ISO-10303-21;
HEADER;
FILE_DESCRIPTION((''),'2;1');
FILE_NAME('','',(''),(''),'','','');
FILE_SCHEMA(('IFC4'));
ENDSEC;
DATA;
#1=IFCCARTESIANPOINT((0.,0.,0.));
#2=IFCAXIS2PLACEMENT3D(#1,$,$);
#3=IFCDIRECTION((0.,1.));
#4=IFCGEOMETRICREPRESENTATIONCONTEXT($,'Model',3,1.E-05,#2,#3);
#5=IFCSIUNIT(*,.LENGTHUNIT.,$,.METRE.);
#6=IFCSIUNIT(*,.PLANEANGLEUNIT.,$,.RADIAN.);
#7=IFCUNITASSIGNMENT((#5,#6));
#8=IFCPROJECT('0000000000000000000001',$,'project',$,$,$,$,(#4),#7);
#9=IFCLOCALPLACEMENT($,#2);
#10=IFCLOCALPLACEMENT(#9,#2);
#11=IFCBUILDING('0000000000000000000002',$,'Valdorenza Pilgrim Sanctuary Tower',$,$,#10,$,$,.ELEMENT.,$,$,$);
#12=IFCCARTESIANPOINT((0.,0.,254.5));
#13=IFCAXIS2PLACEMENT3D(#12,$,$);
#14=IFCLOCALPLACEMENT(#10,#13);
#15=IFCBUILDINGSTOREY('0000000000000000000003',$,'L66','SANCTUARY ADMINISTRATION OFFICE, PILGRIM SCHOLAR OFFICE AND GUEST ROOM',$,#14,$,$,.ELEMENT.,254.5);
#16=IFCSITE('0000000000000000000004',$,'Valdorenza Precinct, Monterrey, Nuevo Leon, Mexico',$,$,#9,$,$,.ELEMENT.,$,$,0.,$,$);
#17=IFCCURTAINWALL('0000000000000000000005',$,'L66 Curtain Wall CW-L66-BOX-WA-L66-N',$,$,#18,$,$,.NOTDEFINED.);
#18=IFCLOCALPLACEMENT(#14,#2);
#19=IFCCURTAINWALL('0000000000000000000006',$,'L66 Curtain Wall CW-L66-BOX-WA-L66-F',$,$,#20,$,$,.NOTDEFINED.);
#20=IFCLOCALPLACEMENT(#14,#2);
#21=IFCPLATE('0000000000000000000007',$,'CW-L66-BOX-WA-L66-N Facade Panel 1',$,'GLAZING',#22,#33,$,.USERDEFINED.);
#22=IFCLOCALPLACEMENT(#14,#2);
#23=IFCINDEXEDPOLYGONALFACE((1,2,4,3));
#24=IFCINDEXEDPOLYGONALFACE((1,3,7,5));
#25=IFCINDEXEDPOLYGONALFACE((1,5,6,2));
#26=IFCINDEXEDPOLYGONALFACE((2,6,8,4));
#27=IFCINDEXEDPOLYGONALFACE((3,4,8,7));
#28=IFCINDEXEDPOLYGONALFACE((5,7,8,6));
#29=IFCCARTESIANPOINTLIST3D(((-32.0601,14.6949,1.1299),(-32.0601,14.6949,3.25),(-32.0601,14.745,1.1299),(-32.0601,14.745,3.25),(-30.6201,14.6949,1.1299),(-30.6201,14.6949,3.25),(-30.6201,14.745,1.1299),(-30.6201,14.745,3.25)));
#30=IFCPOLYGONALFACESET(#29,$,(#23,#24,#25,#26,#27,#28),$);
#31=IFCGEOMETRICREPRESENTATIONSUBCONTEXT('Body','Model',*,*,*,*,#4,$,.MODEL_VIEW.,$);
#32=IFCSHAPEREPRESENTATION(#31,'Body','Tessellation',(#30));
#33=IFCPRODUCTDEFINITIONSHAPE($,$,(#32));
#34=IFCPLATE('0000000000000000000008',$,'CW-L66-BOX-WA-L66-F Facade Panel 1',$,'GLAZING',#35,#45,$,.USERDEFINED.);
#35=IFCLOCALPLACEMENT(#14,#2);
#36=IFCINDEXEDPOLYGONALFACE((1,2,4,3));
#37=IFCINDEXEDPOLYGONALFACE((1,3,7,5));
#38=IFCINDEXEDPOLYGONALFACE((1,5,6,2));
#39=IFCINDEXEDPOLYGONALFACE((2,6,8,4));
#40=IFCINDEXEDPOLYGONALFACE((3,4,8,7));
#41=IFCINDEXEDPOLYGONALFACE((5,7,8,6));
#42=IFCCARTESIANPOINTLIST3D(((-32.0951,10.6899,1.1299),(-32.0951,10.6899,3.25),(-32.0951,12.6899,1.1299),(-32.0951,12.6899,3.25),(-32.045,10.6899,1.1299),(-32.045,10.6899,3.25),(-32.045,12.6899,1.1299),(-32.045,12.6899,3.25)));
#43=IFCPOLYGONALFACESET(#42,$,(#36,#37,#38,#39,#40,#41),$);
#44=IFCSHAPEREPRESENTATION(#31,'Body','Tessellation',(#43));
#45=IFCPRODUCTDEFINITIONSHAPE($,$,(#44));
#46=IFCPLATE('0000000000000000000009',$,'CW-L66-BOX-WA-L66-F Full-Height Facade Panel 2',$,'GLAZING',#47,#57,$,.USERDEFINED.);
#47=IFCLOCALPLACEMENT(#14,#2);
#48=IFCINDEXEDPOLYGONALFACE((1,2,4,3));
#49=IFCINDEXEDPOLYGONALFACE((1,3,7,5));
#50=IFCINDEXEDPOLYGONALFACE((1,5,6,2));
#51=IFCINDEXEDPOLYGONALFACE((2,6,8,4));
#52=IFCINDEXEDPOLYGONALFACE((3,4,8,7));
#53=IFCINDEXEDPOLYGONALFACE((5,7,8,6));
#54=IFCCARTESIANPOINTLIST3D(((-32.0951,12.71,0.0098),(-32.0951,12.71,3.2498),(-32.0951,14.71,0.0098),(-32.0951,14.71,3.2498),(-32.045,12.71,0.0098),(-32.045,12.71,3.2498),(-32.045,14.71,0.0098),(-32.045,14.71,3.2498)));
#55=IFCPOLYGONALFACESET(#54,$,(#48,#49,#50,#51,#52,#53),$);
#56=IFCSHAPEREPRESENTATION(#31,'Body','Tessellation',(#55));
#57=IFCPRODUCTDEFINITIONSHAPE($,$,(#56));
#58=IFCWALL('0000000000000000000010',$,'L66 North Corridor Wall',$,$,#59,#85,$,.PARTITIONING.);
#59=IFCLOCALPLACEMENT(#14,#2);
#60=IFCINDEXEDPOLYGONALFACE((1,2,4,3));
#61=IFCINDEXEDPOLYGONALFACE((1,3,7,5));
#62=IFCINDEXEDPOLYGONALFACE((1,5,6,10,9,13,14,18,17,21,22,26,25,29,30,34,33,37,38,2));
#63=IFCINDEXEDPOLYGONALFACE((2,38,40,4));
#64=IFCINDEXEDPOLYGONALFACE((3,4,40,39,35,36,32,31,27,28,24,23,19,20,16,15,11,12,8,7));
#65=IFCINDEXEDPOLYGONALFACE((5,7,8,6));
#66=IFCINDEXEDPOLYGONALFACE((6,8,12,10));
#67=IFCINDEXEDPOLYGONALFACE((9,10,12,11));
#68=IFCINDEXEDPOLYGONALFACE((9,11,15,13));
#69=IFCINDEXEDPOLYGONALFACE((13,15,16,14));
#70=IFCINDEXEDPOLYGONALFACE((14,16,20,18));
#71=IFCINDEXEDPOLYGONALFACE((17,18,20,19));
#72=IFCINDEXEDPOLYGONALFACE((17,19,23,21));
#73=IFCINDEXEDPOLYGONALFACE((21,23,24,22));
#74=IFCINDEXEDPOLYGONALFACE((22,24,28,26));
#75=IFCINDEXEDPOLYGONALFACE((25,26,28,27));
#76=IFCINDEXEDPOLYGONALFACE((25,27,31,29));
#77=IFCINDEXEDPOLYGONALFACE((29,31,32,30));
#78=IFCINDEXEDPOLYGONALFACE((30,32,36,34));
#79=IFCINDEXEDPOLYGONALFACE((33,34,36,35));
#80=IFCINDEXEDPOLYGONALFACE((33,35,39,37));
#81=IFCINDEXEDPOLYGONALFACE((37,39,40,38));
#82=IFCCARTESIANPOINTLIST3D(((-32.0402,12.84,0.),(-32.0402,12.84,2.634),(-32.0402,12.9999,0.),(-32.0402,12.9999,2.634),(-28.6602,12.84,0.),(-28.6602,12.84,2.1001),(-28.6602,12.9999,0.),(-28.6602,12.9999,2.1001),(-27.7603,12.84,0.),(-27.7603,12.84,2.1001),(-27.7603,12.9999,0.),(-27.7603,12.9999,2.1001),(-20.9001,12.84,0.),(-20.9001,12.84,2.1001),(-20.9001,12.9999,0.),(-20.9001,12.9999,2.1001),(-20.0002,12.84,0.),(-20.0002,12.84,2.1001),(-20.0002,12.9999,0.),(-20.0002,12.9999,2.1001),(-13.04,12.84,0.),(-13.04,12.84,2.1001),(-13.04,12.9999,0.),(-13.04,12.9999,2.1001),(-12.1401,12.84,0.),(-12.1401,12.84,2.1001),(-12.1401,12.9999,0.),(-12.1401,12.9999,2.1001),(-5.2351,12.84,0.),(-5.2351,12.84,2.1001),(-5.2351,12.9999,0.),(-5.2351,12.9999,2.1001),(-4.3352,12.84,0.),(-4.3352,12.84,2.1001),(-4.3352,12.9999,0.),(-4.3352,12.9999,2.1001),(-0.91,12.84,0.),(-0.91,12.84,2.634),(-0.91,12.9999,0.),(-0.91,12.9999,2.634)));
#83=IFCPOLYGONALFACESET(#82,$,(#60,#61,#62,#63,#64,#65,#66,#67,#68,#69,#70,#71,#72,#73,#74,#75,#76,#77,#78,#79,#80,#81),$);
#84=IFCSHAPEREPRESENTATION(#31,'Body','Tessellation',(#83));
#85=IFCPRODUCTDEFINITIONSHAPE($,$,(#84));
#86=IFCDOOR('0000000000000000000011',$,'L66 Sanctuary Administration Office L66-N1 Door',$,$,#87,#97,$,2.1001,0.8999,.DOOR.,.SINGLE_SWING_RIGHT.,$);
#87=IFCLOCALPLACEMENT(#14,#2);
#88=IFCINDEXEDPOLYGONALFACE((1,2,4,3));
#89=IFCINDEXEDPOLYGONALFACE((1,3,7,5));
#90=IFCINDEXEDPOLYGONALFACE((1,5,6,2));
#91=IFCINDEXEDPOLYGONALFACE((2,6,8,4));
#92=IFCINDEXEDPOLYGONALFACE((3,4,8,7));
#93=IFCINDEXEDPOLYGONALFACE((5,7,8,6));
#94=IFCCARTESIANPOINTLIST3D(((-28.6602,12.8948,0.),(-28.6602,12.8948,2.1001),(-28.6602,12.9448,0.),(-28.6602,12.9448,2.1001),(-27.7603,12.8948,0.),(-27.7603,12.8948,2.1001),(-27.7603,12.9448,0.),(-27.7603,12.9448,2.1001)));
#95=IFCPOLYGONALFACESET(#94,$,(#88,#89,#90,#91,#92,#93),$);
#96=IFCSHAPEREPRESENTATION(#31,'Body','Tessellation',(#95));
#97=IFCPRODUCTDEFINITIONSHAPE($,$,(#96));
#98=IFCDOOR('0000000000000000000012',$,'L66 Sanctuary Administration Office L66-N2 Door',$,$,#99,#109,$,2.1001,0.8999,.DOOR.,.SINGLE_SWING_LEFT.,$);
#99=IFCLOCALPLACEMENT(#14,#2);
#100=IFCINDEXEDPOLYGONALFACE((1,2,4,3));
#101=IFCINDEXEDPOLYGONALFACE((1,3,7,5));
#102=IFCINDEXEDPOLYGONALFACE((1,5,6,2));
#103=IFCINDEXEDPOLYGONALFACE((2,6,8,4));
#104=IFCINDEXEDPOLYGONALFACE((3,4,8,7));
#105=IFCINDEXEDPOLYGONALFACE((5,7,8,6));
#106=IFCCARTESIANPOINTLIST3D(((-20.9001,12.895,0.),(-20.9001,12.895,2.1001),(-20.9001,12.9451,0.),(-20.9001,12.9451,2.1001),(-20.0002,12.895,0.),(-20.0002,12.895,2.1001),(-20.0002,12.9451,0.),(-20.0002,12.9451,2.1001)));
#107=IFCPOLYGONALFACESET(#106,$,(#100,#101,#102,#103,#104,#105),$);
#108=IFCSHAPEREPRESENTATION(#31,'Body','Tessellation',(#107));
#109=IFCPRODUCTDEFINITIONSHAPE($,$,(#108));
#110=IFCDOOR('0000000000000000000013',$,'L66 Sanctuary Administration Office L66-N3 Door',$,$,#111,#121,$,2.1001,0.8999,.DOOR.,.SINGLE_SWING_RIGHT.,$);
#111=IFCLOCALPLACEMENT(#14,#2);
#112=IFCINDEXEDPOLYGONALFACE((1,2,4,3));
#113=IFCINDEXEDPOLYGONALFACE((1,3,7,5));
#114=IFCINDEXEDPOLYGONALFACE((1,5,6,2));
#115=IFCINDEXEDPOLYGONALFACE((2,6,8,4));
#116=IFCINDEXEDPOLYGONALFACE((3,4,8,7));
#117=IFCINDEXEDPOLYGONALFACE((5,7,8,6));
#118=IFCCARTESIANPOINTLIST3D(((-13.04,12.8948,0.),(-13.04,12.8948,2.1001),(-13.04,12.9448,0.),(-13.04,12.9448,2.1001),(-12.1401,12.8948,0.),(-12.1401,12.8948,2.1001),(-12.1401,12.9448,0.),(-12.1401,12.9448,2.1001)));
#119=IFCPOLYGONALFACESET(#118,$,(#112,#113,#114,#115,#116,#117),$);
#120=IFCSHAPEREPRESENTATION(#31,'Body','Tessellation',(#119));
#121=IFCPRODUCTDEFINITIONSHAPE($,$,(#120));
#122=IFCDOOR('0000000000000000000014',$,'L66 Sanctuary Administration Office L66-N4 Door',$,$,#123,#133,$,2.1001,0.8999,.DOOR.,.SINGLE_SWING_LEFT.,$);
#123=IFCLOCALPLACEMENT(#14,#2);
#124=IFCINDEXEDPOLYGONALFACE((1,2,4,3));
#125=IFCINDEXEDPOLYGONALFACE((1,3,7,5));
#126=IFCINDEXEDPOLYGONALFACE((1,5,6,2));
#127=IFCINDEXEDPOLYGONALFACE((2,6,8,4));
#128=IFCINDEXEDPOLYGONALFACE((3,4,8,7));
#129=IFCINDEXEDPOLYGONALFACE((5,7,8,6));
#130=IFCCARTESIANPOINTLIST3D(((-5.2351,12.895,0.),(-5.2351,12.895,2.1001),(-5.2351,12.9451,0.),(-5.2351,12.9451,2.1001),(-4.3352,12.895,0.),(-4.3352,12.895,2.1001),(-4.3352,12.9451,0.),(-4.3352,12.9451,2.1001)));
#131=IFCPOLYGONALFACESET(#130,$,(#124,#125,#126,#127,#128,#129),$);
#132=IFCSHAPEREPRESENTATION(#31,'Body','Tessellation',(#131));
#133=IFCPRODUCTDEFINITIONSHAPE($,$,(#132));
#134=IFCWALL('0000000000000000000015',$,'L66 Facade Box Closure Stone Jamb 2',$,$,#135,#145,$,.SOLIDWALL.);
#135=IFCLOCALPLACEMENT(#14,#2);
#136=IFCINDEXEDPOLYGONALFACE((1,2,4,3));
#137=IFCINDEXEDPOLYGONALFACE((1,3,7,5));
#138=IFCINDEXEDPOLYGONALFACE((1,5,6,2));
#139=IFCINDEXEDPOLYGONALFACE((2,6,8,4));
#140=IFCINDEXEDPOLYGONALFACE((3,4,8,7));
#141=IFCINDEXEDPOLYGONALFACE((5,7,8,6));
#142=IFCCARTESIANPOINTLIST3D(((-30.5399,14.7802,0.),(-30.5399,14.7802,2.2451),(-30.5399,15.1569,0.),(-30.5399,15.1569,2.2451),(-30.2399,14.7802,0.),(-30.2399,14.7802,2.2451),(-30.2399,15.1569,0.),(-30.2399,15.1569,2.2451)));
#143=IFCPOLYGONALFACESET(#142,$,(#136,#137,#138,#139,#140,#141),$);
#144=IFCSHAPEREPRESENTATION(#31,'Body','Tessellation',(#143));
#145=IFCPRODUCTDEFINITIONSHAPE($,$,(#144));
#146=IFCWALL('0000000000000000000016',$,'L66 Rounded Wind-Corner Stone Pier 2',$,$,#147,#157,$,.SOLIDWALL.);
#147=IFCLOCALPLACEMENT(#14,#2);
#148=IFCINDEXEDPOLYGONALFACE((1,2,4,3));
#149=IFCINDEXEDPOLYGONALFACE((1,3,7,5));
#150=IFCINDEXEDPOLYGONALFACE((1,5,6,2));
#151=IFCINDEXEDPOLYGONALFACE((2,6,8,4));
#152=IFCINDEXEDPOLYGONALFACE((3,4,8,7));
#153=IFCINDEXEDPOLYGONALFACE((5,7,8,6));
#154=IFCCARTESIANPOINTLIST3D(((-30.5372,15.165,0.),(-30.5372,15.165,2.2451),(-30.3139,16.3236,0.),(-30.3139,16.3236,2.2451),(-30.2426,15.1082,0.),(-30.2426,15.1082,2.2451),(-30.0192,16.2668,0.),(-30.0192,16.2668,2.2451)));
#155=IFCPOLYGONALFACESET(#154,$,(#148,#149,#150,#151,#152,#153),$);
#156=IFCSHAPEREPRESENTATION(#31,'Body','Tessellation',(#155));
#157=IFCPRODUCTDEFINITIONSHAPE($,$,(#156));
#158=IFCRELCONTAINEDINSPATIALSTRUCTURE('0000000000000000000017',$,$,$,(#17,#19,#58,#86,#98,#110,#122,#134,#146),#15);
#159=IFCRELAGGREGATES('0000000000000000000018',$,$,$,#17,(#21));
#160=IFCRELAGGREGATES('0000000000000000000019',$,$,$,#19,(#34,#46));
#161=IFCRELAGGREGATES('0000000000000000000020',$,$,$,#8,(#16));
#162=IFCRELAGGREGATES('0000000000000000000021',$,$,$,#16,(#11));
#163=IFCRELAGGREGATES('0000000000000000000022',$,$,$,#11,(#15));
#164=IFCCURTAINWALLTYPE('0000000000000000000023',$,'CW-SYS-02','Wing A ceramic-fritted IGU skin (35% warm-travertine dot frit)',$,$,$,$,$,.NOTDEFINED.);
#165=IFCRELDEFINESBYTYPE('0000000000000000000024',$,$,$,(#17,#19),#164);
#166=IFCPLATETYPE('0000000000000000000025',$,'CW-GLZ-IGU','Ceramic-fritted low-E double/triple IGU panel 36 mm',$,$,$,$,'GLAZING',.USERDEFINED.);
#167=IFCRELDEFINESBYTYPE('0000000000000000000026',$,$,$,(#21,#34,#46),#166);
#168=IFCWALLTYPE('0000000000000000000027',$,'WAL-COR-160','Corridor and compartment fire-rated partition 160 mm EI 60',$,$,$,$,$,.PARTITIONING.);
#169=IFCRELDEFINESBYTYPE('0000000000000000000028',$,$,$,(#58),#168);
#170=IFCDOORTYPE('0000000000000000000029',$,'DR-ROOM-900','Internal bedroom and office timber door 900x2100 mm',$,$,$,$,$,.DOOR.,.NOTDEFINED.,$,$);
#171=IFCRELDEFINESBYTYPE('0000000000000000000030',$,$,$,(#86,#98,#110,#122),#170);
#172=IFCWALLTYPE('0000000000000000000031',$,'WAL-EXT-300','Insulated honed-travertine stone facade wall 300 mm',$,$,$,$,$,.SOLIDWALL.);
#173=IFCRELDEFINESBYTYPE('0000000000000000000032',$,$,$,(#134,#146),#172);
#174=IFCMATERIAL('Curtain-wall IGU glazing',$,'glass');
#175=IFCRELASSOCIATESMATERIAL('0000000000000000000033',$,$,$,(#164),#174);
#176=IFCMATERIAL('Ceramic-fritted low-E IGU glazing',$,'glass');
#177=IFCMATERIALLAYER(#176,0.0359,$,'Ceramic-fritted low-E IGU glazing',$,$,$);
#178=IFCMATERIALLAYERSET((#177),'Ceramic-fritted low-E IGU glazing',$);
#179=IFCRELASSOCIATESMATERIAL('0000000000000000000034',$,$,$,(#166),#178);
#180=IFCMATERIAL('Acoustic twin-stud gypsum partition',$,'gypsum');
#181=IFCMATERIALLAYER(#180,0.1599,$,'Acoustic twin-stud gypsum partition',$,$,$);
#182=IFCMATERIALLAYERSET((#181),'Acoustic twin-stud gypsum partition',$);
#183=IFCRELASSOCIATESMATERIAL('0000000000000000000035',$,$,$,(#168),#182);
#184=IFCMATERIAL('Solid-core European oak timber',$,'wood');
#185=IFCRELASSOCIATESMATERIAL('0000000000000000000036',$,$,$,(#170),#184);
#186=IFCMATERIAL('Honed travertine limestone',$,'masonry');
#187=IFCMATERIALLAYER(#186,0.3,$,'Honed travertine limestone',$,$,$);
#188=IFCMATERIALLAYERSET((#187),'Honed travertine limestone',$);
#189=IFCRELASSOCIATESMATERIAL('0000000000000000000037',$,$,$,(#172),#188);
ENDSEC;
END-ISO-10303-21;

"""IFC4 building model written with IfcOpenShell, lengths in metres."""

from ifc_helpers import new_model, si_unit, direction, frame, frame_2d, origin, origin_2d, place, context, subcontext, project, spatial, rectangle, extrude, source, transform, mapped, material, layer, layer_set, type_object, element, fill, aggregate, save


model = new_model("IFC4")

# Units and contexts
model_context = context("Model", 3, precision=1e-05, world=origin(), true_north=direction((0.0, 1.0)))
body_context = subcontext(model_context, "Body", "Model", "MODEL_VIEW")
ifc_project = project(units=[si_unit("LENGTHUNIT", "METRE"), si_unit("PLANEANGLEUNIT", "RADIAN")], contexts=[model_context])

# Site, building, storey
site_placement = place(None, origin())
site = spatial("IfcSite", under=ifc_project, at=site_placement, Name="Valdorenza Precinct, Monterrey, Nuevo Leon, Mexico", CompositionType="ELEMENT", RefElevation=0.0)
building_placement = place(site_placement, origin())
building = spatial("IfcBuilding", under=site, at=building_placement, Name="Valdorenza Pilgrim Sanctuary Tower", CompositionType="ELEMENT")
storey_placement = place(building_placement, frame((0.0, 0.0, 254.5)))
storey = spatial("IfcBuildingStorey", under=building, at=storey_placement, Name="L66", Description="SANCTUARY ADMINISTRATION OFFICE, PILGRIM SCHOLAR OFFICE AND GUEST ROOM", CompositionType="ELEMENT", Elevation=254.5)

# Curtain wall
ifc_material_1 = material(Name="Curtain-wall IGU glazing", Category="glass")
curtain_wall_type = type_object("IfcCurtainWallType", Name="CW-SYS-02", Description="Wing A ceramic-fritted IGU skin (35% warm-travertine dot frit)", PredefinedType="NOTDEFINED", material=ifc_material_1)
curtain_wall_1_placement = place(storey_placement, origin())
curtain_wall_1 = element("IfcCurtainWall", 1, at=curtain_wall_1_placement, inside=storey, type_object=curtain_wall_type, Name="L66 Curtain Wall CW-L66-BOX-WA-L66-N", PredefinedType="NOTDEFINED")

# Curtain wall
curtain_wall_2_placement = place(storey_placement, origin())
curtain_wall_2 = element("IfcCurtainWall", 2, at=curtain_wall_2_placement, inside=storey, type_object=curtain_wall_type, Name="L66 Curtain Wall CW-L66-BOX-WA-L66-F", PredefinedType="NOTDEFINED")

# Plates
ifc_material_2 = material(Name="Honed travertine limestone", Category="masonry")
ifc_material_3 = material(Name="Ceramic-fritted low-E IGU glazing", Category="glass")
ifc_layer_1 = layer(ifc_material_3, 0.0359, Name="Ceramic-fritted low-E IGU glazing")
ifc_layer_set_1 = layer_set([ifc_layer_1], Name="Ceramic-fritted low-E IGU glazing")
plate_type_1 = type_object("IfcPlateType", Name="CW-GLZ-IGU", Description="Ceramic-fritted low-E double/triple IGU panel 36 mm", ElementType="GLAZING", PredefinedType="USERDEFINED", material=ifc_layer_set_1)
shared_shape_1 = source(origin(), body_context, "Body", "SweptSolid", [
    extrude(rectangle(XDim=1.4399, YDim=0.05, at=origin_2d()), origin(), (0.0, 0.0, 1.0), 2.1201),
])
plate_1_placement = place(storey_placement, frame((-31.3401, 14.72, 1.1299), z_axis=(0.0, 0.0, 1.0), x_axis=(1.0, 0.0, 0.0)))
plate_1 = element("IfcPlate", 3, at=plate_1_placement, type_object=plate_type_1, Name="CW-L66-BOX-WA-L66-N Facade Panel 1", ObjectType="GLAZING", PredefinedType="USERDEFINED", context=body_context, shape_type="MappedRepresentation", body=[
    mapped(shared_shape_1, transform((0.0, 0.0, 0.0), x_axis=(1.0, 0.0, 0.0), y_axis=(0.0, 1.0, 0.0), z_axis=(0.0, 0.0, 1.0), scale=1.0)),
])
aggregate(curtain_wall_1, [plate_1])
shared_shape_2 = source(origin(), body_context, "Body", "SweptSolid", [
    extrude(rectangle(XDim=2.0, YDim=0.05, at=origin_2d()), origin(), (0.0, 0.0, 1.0), 2.1201),
])
plate_2_placement = place(storey_placement, frame((-32.0701, 11.6899, 1.1299), z_axis=(0.0, 0.0, 1.0), x_axis=(0.0, 1.0, 0.0)))
plate_2 = element("IfcPlate", 4, at=plate_2_placement, type_object=plate_type_1, Name="CW-L66-BOX-WA-L66-F Facade Panel 1", ObjectType="GLAZING", PredefinedType="USERDEFINED", context=body_context, shape_type="MappedRepresentation", body=[
    mapped(shared_shape_2, transform((0.0, 0.0, 0.0), x_axis=(1.0, 0.0, 0.0), y_axis=(0.0, 1.0, 0.0), z_axis=(0.0, 0.0, 1.0), scale=1.0)),
])
shared_shape_3 = source(origin(), body_context, "Body", "SweptSolid", [
    extrude(rectangle(XDim=2.0, YDim=0.05, at=origin_2d()), origin(), (0.0, 0.0, 1.0), 3.24),
])
plate_3_placement = place(storey_placement, frame((-32.0701, 13.71, 0.0098), z_axis=(0.0, 0.0, 1.0), x_axis=(0.0, 1.0, 0.0)))
plate_3 = element("IfcPlate", 5, at=plate_3_placement, type_object=plate_type_1, Name="CW-L66-BOX-WA-L66-F Full-Height Facade Panel 2", ObjectType="GLAZING", PredefinedType="USERDEFINED", context=body_context, shape_type="MappedRepresentation", body=[
    mapped(shared_shape_3, transform((0.0, 0.0, 0.0), x_axis=(1.0, 0.0, 0.0), y_axis=(0.0, 1.0, 0.0), z_axis=(0.0, 0.0, 1.0), scale=1.0)),
])
aggregate(curtain_wall_2, [plate_2, plate_3])

# Wall, openings, doors
ifc_material_4 = material(Name="Acoustic twin-stud gypsum partition", Category="gypsum")
ifc_layer_2 = layer(ifc_material_4, 0.1599, Name="Acoustic twin-stud gypsum partition")
ifc_layer_set_2 = layer_set([ifc_layer_2], Name="Acoustic twin-stud gypsum partition")
wall_type_1 = type_object("IfcWallType", Name="WAL-COR-160", Description="Corridor and compartment fire-rated partition 160 mm EI 60", PredefinedType="PARTITIONING", material=ifc_layer_set_2)
wall_1_placement = place(storey_placement, frame((-32.04, 12.9199, 0.0), z_axis=(0.0, 0.0, 1.0), x_axis=(1.0, 0.0, 0.0)))
wall_1 = element("IfcWall", 6, at=wall_1_placement, inside=storey, type_object=wall_type_1, Name="L66 North Corridor Wall", PredefinedType="PARTITIONING", context=body_context, shape_type="SweptSolid", body=[
    extrude(rectangle(XDim=31.1301, YDim=0.1599, at=frame_2d((15.5649, 0.0))), origin(), (0.0, 0.0, 1.0), 2.634),
])
opening_1_placement = place(wall_1_placement, frame((3.3799, 0.0, 0.0)))
opening_1 = element("IfcOpeningElement", 7, at=opening_1_placement, cuts=wall_1, PredefinedType="OPENING", context=body_context, shape_type="SweptSolid", body=[
    extrude(rectangle(XDim=0.8999, YDim=2.1001, at=frame_2d((0.45, 1.05))), frame((0.0, 0.0947, 0.0), z_axis=(0.0, -1.0, 0.0), x_axis=(1.0, 0.0, 0.0)), (0.0, 0.0, 1.0), 0.1897),
])
opening_2_placement = place(wall_1_placement, frame((11.1399, 0.0, 0.0)))
opening_2 = element("IfcOpeningElement", 8, at=opening_2_placement, cuts=wall_1, PredefinedType="OPENING", context=body_context, shape_type="SweptSolid", body=[
    extrude(rectangle(XDim=0.8999, YDim=2.1001, at=frame_2d((0.45, 1.05))), frame((0.0, 0.0947, 0.0), z_axis=(0.0, -1.0, 0.0), x_axis=(1.0, 0.0, 0.0)), (0.0, 0.0, 1.0), 0.1897),
])
opening_3_placement = place(wall_1_placement, frame((19.0, 0.0, 0.0)))
opening_3 = element("IfcOpeningElement", 9, at=opening_3_placement, cuts=wall_1, PredefinedType="OPENING", context=body_context, shape_type="SweptSolid", body=[
    extrude(rectangle(XDim=0.8999, YDim=2.1001, at=frame_2d((0.45, 1.05))), frame((0.0, 0.0947, 0.0), z_axis=(0.0, -1.0, 0.0), x_axis=(1.0, 0.0, 0.0)), (0.0, 0.0, 1.0), 0.1897),
])
opening_4_placement = place(wall_1_placement, frame((26.8049, 0.0, 0.0)))
opening_4 = element("IfcOpeningElement", 10, at=opening_4_placement, cuts=wall_1, PredefinedType="OPENING", context=body_context, shape_type="SweptSolid", body=[
    extrude(rectangle(XDim=0.8999, YDim=2.1001, at=frame_2d((0.45, 1.05))), frame((0.0, 0.0947, 0.0), z_axis=(0.0, -1.0, 0.0), x_axis=(1.0, 0.0, 0.0)), (0.0, 0.0, 1.0), 0.1897),
])
ifc_material_5 = material(Name="Solid-core European oak timber", Category="wood")
door_type = type_object("IfcDoorType", Name="DR-ROOM-900", Description="Internal bedroom and office timber door 900x2100 mm", OperationType="NOTDEFINED", PredefinedType="DOOR", material=ifc_material_5)
door_1_placement = place(opening_1_placement, origin())
door_1 = element("IfcDoor", 11, at=door_1_placement, inside=storey, type_object=door_type, Name="L66 Sanctuary Administration Office L66-N1 Door", OperationType="SINGLE_SWING_RIGHT", OverallHeight=2.1001, OverallWidth=0.8999, PredefinedType="DOOR", context=body_context, shape_type="SweptSolid", body=[
    extrude(rectangle(XDim=0.8999, YDim=2.1001, at=frame_2d((0.45, 1.05))), frame((0.0, 0.0249, 0.0), z_axis=(0.0, -1.0, 0.0), x_axis=(1.0, 0.0, 0.0)), (0.0, 0.0, 1.0), 0.05),
])
fill(opening_1, door_1)
door_2_placement = place(opening_2_placement, frame((0.8999, 0.0, 0.0), z_axis=(0.0, 0.0, 1.0), x_axis=(-1.0, 0.0, 0.0)))
door_2 = element("IfcDoor", 12, at=door_2_placement, inside=storey, type_object=door_type, Name="L66 Sanctuary Administration Office L66-N2 Door", OperationType="SINGLE_SWING_LEFT", OverallHeight=2.1001, OverallWidth=0.8999, PredefinedType="DOOR", context=body_context, shape_type="SweptSolid", body=[
    extrude(rectangle(XDim=0.8999, YDim=2.1001, at=frame_2d((0.45, 1.05))), frame((0.0, 0.0249, 0.0), z_axis=(0.0, -1.0, 0.0), x_axis=(1.0, 0.0, 0.0)), (0.0, 0.0, 1.0), 0.05),
])
fill(opening_2, door_2)
door_3_placement = place(opening_3_placement, origin())
door_3 = element("IfcDoor", 13, at=door_3_placement, inside=storey, type_object=door_type, Name="L66 Sanctuary Administration Office L66-N3 Door", OperationType="SINGLE_SWING_RIGHT", OverallHeight=2.1001, OverallWidth=0.8999, PredefinedType="DOOR", context=body_context, shape_type="SweptSolid", body=[
    extrude(rectangle(XDim=0.8999, YDim=2.1001, at=frame_2d((0.45, 1.05))), frame((0.0, 0.0249, 0.0), z_axis=(0.0, -1.0, 0.0), x_axis=(1.0, 0.0, 0.0)), (0.0, 0.0, 1.0), 0.05),
])
fill(opening_3, door_3)
door_4_placement = place(opening_4_placement, frame((0.8999, 0.0, 0.0), z_axis=(0.0, 0.0, 1.0), x_axis=(-1.0, 0.0, 0.0)))
door_4 = element("IfcDoor", 14, at=door_4_placement, inside=storey, type_object=door_type, Name="L66 Sanctuary Administration Office L66-N4 Door", OperationType="SINGLE_SWING_LEFT", OverallHeight=2.1001, OverallWidth=0.8999, PredefinedType="DOOR", context=body_context, shape_type="SweptSolid", body=[
    extrude(rectangle(XDim=0.8999, YDim=2.1001, at=frame_2d((0.45, 1.05))), frame((0.0, 0.0249, 0.0), z_axis=(0.0, -1.0, 0.0), x_axis=(1.0, 0.0, 0.0)), (0.0, 0.0, 1.0), 0.05),
])
fill(opening_4, door_4)

# Walls
ifc_layer_3 = layer(ifc_material_2, 0.3, Name="Honed travertine limestone")
ifc_layer_set_3 = layer_set([ifc_layer_3], Name="Honed travertine limestone")
wall_type_2 = type_object("IfcWallType", Name="WAL-EXT-300", Description="Insulated honed-travertine stone facade wall 300 mm", PredefinedType="SOLIDWALL", material=ifc_layer_set_3)
wall_2_placement = place(storey_placement, frame((-30.3899, 14.78, 0.0), z_axis=(0.0, 0.0, 1.0), x_axis=(0.0, 1.0, 0.0)))
element("IfcWall", 15, at=wall_2_placement, inside=storey, type_object=wall_type_2, Name="L66 Facade Box Closure Stone Jamb 2", PredefinedType="SOLIDWALL", context=body_context, shape_type="SweptSolid", body=[
    extrude(rectangle(XDim=0.3767, YDim=0.3, at=frame_2d((0.1885, 0.0))), origin(), (0.0, 0.0, 1.0), 2.2451),
])
wall_3_placement = place(storey_placement, frame((-30.3899, 15.1367, 0.0), z_axis=(0.0, 0.0, 1.0), x_axis=(0.189308, 0.981918, 0.0)))
element("IfcWall", 16, at=wall_3_placement, inside=storey, type_object=wall_type_2, Name="L66 Rounded Wind-Corner Stone Pier 2", PredefinedType="SOLIDWALL", context=body_context, shape_type="SweptSolid", body=[
    extrude(rectangle(XDim=1.1799, YDim=0.3, at=frame_2d((0.5898, 0.0))), origin(), (0.0, 0.0, 1.0), 2.2451),
])

save(model, "model.ifc")
